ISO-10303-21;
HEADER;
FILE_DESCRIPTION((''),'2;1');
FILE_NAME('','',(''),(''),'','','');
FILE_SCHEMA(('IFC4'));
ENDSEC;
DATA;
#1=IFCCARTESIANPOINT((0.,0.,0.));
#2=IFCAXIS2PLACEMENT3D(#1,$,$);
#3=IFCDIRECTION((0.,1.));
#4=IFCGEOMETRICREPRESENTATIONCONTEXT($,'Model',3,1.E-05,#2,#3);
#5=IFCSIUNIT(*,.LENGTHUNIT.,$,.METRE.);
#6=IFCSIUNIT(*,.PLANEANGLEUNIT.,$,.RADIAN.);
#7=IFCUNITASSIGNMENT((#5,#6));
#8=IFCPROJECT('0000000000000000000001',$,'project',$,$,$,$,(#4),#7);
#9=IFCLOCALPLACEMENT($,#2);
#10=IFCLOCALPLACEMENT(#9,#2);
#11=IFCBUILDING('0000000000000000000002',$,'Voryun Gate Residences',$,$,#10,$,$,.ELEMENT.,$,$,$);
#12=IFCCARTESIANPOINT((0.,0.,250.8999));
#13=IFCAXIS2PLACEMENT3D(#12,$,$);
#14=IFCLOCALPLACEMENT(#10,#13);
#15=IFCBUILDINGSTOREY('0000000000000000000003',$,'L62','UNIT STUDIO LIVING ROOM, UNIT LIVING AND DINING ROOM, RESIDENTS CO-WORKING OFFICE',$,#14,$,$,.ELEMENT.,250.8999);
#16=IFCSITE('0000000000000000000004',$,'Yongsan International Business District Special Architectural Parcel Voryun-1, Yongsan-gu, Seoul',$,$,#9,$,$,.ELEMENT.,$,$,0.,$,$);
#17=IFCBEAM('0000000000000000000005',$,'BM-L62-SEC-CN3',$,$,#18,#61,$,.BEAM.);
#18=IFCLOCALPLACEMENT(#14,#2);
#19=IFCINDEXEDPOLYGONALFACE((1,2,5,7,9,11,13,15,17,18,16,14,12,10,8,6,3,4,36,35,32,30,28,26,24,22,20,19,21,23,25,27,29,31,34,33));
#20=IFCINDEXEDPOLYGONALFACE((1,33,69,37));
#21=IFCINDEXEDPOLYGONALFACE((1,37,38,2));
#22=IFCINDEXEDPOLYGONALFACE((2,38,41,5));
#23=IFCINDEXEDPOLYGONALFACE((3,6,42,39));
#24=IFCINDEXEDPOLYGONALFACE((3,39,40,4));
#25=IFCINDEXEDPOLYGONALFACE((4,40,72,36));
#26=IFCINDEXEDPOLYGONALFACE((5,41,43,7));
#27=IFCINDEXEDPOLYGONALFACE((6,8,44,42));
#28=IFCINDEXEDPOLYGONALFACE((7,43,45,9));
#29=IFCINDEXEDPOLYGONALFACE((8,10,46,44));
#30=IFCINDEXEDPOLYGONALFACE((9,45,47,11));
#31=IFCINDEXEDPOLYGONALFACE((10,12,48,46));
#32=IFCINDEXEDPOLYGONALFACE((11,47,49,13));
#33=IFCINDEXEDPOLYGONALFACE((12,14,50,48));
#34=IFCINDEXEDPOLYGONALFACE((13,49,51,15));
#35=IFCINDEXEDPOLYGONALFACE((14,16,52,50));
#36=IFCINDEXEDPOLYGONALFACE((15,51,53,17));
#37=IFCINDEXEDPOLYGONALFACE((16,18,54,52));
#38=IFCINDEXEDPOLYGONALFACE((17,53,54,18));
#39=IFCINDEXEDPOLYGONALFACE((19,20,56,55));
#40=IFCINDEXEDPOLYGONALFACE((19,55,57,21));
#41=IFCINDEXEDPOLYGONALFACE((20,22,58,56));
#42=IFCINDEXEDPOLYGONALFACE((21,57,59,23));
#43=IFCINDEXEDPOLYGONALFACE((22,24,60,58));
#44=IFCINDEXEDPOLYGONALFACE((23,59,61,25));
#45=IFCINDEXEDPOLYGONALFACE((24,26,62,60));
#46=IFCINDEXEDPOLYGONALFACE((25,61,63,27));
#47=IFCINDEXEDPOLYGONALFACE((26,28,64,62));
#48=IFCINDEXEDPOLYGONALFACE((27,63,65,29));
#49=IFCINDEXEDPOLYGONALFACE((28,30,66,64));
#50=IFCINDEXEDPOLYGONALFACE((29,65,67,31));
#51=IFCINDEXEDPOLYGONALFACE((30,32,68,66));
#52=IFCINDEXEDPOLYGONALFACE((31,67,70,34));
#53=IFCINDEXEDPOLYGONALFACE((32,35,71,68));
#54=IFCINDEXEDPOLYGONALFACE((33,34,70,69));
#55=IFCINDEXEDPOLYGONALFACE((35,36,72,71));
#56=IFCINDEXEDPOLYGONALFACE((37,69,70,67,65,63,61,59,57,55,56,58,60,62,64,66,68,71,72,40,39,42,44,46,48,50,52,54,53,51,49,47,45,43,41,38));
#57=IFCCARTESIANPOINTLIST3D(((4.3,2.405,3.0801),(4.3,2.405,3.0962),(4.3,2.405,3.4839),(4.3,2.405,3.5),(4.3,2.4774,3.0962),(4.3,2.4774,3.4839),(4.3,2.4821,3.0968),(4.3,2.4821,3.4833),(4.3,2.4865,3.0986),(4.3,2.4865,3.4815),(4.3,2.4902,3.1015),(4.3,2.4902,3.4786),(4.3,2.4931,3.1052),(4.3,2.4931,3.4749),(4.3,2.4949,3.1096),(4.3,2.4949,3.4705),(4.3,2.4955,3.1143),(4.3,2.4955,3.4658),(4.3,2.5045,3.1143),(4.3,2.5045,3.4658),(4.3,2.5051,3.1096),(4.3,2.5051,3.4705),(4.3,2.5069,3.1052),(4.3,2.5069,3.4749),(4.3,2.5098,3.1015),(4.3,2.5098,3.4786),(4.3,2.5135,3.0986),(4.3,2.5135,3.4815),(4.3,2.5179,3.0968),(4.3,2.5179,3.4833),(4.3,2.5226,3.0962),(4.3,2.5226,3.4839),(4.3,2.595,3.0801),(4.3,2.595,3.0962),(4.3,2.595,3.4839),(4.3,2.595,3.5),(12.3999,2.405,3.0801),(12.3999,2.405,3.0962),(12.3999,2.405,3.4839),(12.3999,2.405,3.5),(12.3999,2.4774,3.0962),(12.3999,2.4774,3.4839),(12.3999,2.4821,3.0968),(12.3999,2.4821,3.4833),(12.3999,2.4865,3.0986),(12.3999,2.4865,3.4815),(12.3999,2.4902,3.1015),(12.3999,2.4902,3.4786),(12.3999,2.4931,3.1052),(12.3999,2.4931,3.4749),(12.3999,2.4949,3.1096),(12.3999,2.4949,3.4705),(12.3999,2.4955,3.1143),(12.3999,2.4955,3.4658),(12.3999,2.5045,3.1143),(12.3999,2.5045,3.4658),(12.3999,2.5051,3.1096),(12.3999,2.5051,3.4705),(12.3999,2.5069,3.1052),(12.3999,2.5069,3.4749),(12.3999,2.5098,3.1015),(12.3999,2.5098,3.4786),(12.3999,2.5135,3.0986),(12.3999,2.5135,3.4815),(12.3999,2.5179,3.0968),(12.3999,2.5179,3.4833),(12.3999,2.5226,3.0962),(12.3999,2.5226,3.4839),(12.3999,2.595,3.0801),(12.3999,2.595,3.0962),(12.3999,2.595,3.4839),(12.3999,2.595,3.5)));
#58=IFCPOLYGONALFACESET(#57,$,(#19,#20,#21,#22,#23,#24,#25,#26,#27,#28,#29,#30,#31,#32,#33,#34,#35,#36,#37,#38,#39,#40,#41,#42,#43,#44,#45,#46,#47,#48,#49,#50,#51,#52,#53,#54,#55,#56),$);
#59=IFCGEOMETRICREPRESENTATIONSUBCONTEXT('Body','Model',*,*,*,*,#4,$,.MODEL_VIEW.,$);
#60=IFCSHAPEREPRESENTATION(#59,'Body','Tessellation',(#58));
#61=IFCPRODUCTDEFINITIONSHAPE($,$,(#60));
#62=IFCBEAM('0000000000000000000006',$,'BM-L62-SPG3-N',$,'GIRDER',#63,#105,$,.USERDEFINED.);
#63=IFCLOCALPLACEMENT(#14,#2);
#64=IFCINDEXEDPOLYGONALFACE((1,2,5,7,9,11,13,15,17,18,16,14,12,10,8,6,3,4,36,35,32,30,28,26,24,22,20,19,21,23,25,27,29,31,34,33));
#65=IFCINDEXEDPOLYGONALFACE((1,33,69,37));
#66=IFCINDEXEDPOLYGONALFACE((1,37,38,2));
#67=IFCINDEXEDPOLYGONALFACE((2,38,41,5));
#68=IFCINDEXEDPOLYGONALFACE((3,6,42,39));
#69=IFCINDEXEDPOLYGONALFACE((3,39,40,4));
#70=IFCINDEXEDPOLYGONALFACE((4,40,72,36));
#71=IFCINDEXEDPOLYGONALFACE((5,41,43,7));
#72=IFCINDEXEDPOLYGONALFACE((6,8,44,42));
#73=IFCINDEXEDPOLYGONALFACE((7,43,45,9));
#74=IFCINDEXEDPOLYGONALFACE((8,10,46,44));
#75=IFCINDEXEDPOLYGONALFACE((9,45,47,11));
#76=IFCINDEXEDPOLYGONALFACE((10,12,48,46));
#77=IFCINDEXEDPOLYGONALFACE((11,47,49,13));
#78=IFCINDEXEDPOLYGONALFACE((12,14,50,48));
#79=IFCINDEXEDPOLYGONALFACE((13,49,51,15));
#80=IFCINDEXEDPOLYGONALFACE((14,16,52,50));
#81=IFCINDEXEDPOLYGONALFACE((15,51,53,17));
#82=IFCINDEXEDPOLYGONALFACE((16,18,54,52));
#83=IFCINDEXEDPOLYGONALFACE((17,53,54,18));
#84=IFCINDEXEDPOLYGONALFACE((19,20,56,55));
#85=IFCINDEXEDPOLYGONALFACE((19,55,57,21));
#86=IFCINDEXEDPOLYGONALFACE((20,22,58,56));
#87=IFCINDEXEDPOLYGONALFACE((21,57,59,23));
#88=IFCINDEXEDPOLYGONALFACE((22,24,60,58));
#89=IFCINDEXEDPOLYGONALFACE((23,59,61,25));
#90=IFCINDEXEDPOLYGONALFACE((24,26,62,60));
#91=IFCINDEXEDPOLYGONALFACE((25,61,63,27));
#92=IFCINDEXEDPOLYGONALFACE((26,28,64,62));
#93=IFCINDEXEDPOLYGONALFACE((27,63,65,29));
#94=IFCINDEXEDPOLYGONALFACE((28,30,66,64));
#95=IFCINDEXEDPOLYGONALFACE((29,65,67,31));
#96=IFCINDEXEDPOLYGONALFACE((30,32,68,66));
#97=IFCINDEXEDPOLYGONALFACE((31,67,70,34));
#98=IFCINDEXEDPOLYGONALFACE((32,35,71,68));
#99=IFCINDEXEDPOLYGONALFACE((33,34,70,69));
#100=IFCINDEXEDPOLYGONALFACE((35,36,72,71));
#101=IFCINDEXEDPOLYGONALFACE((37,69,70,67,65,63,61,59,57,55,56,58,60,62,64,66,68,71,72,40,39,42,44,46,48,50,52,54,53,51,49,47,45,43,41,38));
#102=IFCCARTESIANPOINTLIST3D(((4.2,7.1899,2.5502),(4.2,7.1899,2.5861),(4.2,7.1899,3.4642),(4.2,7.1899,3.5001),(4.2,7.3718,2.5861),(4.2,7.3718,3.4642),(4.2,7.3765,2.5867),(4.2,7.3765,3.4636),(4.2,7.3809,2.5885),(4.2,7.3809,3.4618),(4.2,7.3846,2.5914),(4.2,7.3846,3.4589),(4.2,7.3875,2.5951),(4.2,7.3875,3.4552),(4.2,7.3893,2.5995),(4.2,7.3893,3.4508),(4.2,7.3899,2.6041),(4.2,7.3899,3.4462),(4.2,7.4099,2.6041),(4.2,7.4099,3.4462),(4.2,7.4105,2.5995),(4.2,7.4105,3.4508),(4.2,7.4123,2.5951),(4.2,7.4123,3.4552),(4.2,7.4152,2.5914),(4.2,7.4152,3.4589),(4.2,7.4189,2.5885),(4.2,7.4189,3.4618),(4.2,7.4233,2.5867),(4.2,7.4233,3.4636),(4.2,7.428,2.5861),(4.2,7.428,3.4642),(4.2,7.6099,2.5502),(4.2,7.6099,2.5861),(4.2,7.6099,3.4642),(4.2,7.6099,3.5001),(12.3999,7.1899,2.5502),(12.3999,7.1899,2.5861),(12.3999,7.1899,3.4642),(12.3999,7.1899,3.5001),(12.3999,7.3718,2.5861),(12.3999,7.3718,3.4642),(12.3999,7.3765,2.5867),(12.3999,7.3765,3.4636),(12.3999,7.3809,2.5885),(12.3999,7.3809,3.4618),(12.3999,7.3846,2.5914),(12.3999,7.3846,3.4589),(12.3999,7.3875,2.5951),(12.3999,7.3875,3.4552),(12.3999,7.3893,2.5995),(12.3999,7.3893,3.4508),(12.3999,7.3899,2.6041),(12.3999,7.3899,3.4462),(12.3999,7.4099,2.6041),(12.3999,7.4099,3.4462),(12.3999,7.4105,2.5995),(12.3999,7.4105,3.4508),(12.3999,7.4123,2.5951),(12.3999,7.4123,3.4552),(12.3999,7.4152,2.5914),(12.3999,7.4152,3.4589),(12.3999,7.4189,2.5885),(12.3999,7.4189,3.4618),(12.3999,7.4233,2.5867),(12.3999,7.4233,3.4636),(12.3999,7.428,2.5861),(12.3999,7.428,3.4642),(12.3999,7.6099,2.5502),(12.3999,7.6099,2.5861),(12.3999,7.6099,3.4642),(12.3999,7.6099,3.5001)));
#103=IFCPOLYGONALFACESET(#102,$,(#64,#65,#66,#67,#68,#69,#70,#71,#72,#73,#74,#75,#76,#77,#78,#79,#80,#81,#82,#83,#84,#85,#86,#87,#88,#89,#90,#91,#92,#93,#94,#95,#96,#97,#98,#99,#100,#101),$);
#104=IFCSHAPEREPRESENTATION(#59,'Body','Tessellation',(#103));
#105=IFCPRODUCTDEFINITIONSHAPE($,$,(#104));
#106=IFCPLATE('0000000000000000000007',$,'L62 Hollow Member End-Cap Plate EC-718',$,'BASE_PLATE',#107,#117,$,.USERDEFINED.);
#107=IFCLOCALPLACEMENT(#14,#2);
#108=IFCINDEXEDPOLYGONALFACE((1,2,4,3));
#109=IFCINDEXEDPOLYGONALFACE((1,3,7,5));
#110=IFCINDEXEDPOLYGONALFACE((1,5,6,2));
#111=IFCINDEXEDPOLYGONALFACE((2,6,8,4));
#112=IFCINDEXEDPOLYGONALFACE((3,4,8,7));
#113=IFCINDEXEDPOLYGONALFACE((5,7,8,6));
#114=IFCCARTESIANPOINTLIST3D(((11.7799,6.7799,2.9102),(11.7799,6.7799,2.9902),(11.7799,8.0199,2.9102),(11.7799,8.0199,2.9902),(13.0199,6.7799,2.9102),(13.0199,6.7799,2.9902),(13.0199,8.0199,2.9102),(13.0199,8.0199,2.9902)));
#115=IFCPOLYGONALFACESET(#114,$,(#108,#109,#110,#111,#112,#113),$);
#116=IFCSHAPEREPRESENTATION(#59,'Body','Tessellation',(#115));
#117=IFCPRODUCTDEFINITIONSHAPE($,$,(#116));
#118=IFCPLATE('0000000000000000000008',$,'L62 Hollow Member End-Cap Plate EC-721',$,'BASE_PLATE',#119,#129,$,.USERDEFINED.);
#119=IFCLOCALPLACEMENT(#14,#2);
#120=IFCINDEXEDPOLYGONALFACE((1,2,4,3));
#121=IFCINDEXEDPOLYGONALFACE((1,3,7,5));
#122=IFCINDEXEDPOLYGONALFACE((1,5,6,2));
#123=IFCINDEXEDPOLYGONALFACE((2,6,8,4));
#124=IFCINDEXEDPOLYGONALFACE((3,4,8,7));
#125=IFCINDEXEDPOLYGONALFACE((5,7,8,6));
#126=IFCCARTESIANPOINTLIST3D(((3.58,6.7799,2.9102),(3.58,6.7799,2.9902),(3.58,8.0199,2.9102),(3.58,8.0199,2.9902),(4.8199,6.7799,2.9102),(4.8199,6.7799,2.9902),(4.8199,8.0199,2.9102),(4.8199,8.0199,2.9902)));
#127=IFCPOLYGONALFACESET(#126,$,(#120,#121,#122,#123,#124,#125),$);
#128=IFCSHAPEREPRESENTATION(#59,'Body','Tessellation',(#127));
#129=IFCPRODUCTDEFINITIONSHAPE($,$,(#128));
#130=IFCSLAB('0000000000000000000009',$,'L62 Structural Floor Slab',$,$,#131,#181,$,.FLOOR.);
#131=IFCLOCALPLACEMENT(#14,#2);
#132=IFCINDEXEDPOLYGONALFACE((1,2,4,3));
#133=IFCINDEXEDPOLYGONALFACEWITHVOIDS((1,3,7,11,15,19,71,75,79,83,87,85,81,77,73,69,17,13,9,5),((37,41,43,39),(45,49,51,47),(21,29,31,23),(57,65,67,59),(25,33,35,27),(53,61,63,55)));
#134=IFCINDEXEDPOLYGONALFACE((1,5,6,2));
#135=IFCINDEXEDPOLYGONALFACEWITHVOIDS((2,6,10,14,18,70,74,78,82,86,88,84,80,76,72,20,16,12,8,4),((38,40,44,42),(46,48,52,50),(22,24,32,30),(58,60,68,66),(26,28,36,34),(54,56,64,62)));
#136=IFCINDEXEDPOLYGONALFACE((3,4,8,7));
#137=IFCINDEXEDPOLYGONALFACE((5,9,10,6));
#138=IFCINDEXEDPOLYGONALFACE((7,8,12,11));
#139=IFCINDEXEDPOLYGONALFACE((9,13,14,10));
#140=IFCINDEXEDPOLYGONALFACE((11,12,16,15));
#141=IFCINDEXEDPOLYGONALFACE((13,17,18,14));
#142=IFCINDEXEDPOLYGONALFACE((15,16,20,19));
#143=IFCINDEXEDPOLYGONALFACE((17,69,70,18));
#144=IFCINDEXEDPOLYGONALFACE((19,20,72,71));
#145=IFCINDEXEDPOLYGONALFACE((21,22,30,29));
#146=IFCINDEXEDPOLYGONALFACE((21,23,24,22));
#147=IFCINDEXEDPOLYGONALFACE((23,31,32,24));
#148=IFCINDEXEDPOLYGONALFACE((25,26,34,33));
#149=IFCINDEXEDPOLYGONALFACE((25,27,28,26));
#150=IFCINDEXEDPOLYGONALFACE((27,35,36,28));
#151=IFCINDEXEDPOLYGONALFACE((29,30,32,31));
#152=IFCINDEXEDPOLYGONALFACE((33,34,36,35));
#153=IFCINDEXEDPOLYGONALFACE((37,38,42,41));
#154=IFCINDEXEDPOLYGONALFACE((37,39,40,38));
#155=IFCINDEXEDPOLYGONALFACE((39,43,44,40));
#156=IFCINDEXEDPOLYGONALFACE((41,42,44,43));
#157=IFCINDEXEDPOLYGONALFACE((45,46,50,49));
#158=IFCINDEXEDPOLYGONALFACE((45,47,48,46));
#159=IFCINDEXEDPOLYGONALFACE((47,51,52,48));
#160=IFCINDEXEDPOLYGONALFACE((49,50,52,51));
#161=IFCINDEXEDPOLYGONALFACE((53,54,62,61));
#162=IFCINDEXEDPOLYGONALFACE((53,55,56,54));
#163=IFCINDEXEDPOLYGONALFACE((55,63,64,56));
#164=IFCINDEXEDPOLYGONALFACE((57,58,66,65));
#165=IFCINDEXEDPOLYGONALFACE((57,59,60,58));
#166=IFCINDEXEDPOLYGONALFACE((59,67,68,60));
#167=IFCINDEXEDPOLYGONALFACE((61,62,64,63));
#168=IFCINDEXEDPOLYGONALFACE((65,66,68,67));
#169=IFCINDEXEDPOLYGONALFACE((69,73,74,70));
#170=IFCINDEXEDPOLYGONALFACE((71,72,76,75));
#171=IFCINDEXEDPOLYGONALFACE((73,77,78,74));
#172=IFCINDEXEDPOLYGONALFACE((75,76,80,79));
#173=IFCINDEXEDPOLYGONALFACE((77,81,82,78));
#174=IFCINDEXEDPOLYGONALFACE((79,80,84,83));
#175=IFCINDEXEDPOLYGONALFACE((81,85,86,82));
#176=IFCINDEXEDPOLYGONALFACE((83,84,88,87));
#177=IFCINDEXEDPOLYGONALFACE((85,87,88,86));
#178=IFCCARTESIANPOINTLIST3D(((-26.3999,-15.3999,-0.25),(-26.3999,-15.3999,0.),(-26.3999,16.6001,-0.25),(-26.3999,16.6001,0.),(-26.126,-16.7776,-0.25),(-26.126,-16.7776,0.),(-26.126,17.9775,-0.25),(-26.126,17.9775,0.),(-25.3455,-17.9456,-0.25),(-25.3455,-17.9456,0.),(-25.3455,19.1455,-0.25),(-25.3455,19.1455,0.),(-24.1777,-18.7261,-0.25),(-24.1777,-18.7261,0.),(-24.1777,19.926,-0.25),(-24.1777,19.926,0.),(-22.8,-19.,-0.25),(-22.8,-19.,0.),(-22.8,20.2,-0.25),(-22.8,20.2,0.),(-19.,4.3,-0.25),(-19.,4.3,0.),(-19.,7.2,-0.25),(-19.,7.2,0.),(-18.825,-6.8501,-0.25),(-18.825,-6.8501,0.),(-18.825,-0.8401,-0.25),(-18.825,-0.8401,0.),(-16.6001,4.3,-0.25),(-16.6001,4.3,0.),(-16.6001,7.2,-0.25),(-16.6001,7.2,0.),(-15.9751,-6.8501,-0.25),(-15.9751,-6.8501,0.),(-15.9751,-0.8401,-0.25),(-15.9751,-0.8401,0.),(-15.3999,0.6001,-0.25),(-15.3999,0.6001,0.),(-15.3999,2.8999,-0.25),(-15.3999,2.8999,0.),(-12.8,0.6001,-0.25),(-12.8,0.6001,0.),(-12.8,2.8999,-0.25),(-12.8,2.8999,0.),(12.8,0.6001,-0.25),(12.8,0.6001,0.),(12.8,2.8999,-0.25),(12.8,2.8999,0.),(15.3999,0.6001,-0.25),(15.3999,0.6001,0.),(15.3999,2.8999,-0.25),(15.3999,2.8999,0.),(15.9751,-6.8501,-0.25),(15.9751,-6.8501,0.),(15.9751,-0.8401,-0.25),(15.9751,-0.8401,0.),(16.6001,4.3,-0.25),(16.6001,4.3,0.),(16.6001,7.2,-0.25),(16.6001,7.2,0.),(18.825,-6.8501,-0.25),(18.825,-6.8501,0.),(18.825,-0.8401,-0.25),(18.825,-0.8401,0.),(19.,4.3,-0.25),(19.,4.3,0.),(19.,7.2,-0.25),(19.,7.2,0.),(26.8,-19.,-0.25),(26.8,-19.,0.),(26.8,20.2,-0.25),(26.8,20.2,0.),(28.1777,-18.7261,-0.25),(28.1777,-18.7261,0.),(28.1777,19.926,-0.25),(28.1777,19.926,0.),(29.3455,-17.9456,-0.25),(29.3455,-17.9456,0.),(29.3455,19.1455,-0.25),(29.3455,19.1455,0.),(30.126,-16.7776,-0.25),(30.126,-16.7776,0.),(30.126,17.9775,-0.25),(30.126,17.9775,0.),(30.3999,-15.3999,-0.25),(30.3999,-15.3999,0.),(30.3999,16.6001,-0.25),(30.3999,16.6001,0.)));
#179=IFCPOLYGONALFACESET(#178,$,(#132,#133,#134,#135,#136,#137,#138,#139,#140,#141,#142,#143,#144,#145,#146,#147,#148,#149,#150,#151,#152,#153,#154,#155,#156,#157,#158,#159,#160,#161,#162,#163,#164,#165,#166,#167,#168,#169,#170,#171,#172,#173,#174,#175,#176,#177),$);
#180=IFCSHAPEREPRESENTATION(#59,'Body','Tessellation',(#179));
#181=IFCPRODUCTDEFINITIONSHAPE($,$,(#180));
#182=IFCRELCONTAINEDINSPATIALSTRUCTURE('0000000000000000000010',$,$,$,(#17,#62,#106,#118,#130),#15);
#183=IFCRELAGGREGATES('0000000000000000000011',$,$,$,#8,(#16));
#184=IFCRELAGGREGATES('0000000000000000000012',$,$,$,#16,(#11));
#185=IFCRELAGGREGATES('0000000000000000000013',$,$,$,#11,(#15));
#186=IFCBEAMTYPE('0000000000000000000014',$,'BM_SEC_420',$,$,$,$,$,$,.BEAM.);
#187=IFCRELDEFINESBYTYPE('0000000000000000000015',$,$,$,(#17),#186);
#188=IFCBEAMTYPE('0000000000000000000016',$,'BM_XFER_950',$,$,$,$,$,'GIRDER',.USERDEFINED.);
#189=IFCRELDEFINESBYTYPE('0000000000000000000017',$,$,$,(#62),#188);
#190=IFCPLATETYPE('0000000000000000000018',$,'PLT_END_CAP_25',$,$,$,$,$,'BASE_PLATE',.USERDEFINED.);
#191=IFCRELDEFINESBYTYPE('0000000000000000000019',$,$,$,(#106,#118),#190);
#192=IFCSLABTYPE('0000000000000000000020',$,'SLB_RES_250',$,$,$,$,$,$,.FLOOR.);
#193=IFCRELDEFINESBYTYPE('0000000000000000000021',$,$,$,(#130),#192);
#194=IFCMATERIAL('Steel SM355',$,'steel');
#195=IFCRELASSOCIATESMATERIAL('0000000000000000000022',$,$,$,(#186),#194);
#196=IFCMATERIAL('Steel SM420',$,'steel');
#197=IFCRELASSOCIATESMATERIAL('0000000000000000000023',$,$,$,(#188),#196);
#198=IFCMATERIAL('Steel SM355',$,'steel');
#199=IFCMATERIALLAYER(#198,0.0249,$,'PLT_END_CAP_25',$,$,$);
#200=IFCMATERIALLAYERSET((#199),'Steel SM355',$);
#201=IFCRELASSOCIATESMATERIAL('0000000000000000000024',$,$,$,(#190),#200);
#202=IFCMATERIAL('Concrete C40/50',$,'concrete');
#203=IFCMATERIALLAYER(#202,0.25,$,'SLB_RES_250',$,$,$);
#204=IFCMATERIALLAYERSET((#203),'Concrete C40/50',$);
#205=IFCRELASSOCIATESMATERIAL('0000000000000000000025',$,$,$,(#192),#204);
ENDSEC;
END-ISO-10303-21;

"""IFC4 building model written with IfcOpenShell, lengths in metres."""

from ifc_helpers import new_model, si_unit, direction, frame, origin, origin_2d, place, context, subcontext, project, spatial, polyline, rectangle, i_section, outline, extrude, material, layer, layer_set, material_profile, profile_set, type_object, element, save


model = new_model("IFC4")

# Units and contexts
model_context = context("Model", 3, precision=1e-05, world=origin(), true_north=direction((0.0, 1.0)))
body_context = subcontext(model_context, "Body", "Model", "MODEL_VIEW")
ifc_project = project(units=[si_unit("LENGTHUNIT", "METRE"), si_unit("PLANEANGLEUNIT", "RADIAN")], contexts=[model_context])

# Site, building, storey
site_placement = place(None, origin())
site = spatial("IfcSite", under=ifc_project, at=site_placement, Name="Yongsan International Business District Special Architectural Parcel Voryun-1, Yongsan-gu, Seoul", CompositionType="ELEMENT", RefElevation=0.0)
building_placement = place(site_placement, origin())
building = spatial("IfcBuilding", under=site, at=building_placement, Name="Voryun Gate Residences", CompositionType="ELEMENT")
storey_placement = place(building_placement, frame((0.0, 0.0, 250.8999)))
storey = spatial("IfcBuildingStorey", under=building, at=storey_placement, Name="L62", Description="UNIT STUDIO LIVING ROOM, UNIT LIVING AND DINING ROOM, RESIDENTS CO-WORKING OFFICE", CompositionType="ELEMENT", Elevation=250.8999)

# Beams
ifc_material_1 = material(Name="Steel SM355", Category="steel")
ifc_material_profile_1 = material_profile(ifc_material_1, i_section(OverallWidth=0.1899, OverallDepth=0.4199, WebThickness=0.009, FlangeThickness=0.0161, FilletRadius=0.0181, at=origin_2d()), Name="H-420x190x9x16")
ifc_profile_set_1 = profile_set([ifc_material_profile_1], Name="Steel SM355")
beam_type_1 = type_object("IfcBeamType", Name="BM_SEC_420", PredefinedType="BEAM", material=ifc_profile_set_1)
for number, where, z_axis, x_axis, name in (
    (1, (4.3, 2.5, 3.29), (1.0, 0.0, 0.0), (0.0, 1.0, 0.0), "BM-L62-SEC-CN3"),
):
    element("IfcBeam", number, at=place(storey_placement, frame(where, z_axis=z_axis, x_axis=x_axis)), inside=storey, type_object=beam_type_1, Name=name, PredefinedType="BEAM", context=body_context, shape_type="SweptSolid", body=[
        extrude(i_section(OverallWidth=0.1899, OverallDepth=0.4199, WebThickness=0.009, FlangeThickness=0.0161, FilletRadius=0.0181, at=origin_2d()), origin(), (0.0, 0.0, 1.0), 8.0999),
    ])
ifc_material_2 = material(Name="Steel SM420", Category="steel")
ifc_material_profile_2 = material_profile(ifc_material_2, i_section(OverallWidth=0.4199, OverallDepth=0.95, WebThickness=0.02, FlangeThickness=0.0359, FilletRadius=0.0181, at=origin_2d()), Name="H-950x420x20x36")
ifc_profile_set_2 = profile_set([ifc_material_profile_2], Name="Steel SM420")
beam_type_2 = type_object("IfcBeamType", Name="BM_XFER_950", ElementType="GIRDER", PredefinedType="USERDEFINED", material=ifc_profile_set_2)
beam_1_placement = place(storey_placement, frame((4.2, 7.3999, 3.0251), z_axis=(1.0, 0.0, 0.0), x_axis=(0.0, 1.0, 0.0)))
element("IfcBeam", 2, at=beam_1_placement, inside=storey, type_object=beam_type_2, Name="BM-L62-SPG3-N", ObjectType="GIRDER", PredefinedType="USERDEFINED", context=body_context, shape_type="SweptSolid", body=[
    extrude(i_section(OverallWidth=0.4199, OverallDepth=0.95, WebThickness=0.02, FlangeThickness=0.0359, FilletRadius=0.0181, at=origin_2d()), origin(), (0.0, 0.0, 1.0), 8.2),
])

# Plates
ifc_material_3 = material(Name="Steel SM355", Category="steel")
ifc_layer_1 = layer(ifc_material_3, 0.0249, Name="PLT_END_CAP_25")
ifc_layer_set_1 = layer_set([ifc_layer_1], Name="Steel SM355")
plate_type = type_object("IfcPlateType", Name="PLT_END_CAP_25", ElementType="BASE_PLATE", PredefinedType="USERDEFINED", material=ifc_layer_set_1)
for number, where, z_axis, x_axis, name in (
    (3, (12.3999, 7.3999, 2.9102), (0.0, 0.0, 1.0), (1.0, 0.0, 0.0), "L62 Hollow Member End-Cap Plate EC-718"),
    (4, (4.2, 7.3999, 2.9102), (0.0, 0.0, 1.0), (1.0, 0.0, 0.0), "L62 Hollow Member End-Cap Plate EC-721"),
):
    element("IfcPlate", number, at=place(storey_placement, frame(where, z_axis=z_axis, x_axis=x_axis)), inside=storey, type_object=plate_type, Name=name, ObjectType="BASE_PLATE", PredefinedType="USERDEFINED", context=body_context, shape_type="SweptSolid", body=[
        extrude(rectangle(XDim=1.24, YDim=1.24, at=origin_2d()), origin(), (0.0, 0.0, 1.0), 0.0801),
    ])

# Slab
ifc_material_4 = material(Name="Concrete C40/50", Category="concrete")
ifc_layer_2 = layer(ifc_material_4, 0.25, Name="SLB_RES_250")
ifc_layer_set_2 = layer_set([ifc_layer_2], Name="Concrete C40/50")
slab_type_1 = type_object("IfcSlabType", Name="SLB_RES_250", PredefinedType="FLOOR", material=ifc_layer_set_2)
slab_1_placement = place(storey_placement, frame((0.0, 0.0, -0.25)))
element("IfcSlab", 5, at=slab_1_placement, inside=storey, type_object=slab_type_1, Name="L62 Structural Floor Slab", PredefinedType="FLOOR", context=body_context, shape_type="SweptSolid", body=[
    extrude(outline(polyline([(-22.8, -19.0), (-24.1777, -18.7261), (-25.3455, -17.9456), (-26.126, -16.7776), (-26.3999, -15.3999), (-26.3999, 16.6001), (-26.126, 17.9775), (-25.3455, 19.1455), (-24.1777, 19.926), (-22.8, 20.2), (26.8, 20.2), (28.1777, 19.926), (29.3455, 19.1455), (30.126, 17.9775), (30.3999, 16.6001), (30.3999, -15.3999), (30.126, -16.7776), (29.3455, -17.9456), (28.1777, -18.7261), (26.8, -19.0), (-22.8, -19.0)]), holes=[polyline([(-15.9751, -0.8401), (-18.825, -0.8401), (-18.825, -6.8501), (-15.9751, -6.8501), (-15.9751, -0.8401)]), polyline([(18.825, -6.8501), (18.825, -0.8401), (15.9751, -0.8401), (15.9751, -6.8501), (18.825, -6.8501)]), polyline([(-12.8, 2.8999), (-15.3999, 2.8999), (-15.3999, 0.6001), (-12.8, 0.6001), (-12.8, 2.8999)]), polyline([(12.8, 2.8999), (12.8, 0.6001), (15.3999, 0.6001), (15.3999, 2.8999), (12.8, 2.8999)]), polyline([(-16.6001, 7.2), (-19.0, 7.2), (-19.0, 4.3), (-16.6001, 4.3), (-16.6001, 7.2)]), polyline([(19.0, 7.2), (16.6001, 7.2), (16.6001, 4.3), (19.0, 4.3), (19.0, 7.2)])]), origin(), (0.0, 0.0, 1.0), 0.25),
])

save(model, "model.ifc")
